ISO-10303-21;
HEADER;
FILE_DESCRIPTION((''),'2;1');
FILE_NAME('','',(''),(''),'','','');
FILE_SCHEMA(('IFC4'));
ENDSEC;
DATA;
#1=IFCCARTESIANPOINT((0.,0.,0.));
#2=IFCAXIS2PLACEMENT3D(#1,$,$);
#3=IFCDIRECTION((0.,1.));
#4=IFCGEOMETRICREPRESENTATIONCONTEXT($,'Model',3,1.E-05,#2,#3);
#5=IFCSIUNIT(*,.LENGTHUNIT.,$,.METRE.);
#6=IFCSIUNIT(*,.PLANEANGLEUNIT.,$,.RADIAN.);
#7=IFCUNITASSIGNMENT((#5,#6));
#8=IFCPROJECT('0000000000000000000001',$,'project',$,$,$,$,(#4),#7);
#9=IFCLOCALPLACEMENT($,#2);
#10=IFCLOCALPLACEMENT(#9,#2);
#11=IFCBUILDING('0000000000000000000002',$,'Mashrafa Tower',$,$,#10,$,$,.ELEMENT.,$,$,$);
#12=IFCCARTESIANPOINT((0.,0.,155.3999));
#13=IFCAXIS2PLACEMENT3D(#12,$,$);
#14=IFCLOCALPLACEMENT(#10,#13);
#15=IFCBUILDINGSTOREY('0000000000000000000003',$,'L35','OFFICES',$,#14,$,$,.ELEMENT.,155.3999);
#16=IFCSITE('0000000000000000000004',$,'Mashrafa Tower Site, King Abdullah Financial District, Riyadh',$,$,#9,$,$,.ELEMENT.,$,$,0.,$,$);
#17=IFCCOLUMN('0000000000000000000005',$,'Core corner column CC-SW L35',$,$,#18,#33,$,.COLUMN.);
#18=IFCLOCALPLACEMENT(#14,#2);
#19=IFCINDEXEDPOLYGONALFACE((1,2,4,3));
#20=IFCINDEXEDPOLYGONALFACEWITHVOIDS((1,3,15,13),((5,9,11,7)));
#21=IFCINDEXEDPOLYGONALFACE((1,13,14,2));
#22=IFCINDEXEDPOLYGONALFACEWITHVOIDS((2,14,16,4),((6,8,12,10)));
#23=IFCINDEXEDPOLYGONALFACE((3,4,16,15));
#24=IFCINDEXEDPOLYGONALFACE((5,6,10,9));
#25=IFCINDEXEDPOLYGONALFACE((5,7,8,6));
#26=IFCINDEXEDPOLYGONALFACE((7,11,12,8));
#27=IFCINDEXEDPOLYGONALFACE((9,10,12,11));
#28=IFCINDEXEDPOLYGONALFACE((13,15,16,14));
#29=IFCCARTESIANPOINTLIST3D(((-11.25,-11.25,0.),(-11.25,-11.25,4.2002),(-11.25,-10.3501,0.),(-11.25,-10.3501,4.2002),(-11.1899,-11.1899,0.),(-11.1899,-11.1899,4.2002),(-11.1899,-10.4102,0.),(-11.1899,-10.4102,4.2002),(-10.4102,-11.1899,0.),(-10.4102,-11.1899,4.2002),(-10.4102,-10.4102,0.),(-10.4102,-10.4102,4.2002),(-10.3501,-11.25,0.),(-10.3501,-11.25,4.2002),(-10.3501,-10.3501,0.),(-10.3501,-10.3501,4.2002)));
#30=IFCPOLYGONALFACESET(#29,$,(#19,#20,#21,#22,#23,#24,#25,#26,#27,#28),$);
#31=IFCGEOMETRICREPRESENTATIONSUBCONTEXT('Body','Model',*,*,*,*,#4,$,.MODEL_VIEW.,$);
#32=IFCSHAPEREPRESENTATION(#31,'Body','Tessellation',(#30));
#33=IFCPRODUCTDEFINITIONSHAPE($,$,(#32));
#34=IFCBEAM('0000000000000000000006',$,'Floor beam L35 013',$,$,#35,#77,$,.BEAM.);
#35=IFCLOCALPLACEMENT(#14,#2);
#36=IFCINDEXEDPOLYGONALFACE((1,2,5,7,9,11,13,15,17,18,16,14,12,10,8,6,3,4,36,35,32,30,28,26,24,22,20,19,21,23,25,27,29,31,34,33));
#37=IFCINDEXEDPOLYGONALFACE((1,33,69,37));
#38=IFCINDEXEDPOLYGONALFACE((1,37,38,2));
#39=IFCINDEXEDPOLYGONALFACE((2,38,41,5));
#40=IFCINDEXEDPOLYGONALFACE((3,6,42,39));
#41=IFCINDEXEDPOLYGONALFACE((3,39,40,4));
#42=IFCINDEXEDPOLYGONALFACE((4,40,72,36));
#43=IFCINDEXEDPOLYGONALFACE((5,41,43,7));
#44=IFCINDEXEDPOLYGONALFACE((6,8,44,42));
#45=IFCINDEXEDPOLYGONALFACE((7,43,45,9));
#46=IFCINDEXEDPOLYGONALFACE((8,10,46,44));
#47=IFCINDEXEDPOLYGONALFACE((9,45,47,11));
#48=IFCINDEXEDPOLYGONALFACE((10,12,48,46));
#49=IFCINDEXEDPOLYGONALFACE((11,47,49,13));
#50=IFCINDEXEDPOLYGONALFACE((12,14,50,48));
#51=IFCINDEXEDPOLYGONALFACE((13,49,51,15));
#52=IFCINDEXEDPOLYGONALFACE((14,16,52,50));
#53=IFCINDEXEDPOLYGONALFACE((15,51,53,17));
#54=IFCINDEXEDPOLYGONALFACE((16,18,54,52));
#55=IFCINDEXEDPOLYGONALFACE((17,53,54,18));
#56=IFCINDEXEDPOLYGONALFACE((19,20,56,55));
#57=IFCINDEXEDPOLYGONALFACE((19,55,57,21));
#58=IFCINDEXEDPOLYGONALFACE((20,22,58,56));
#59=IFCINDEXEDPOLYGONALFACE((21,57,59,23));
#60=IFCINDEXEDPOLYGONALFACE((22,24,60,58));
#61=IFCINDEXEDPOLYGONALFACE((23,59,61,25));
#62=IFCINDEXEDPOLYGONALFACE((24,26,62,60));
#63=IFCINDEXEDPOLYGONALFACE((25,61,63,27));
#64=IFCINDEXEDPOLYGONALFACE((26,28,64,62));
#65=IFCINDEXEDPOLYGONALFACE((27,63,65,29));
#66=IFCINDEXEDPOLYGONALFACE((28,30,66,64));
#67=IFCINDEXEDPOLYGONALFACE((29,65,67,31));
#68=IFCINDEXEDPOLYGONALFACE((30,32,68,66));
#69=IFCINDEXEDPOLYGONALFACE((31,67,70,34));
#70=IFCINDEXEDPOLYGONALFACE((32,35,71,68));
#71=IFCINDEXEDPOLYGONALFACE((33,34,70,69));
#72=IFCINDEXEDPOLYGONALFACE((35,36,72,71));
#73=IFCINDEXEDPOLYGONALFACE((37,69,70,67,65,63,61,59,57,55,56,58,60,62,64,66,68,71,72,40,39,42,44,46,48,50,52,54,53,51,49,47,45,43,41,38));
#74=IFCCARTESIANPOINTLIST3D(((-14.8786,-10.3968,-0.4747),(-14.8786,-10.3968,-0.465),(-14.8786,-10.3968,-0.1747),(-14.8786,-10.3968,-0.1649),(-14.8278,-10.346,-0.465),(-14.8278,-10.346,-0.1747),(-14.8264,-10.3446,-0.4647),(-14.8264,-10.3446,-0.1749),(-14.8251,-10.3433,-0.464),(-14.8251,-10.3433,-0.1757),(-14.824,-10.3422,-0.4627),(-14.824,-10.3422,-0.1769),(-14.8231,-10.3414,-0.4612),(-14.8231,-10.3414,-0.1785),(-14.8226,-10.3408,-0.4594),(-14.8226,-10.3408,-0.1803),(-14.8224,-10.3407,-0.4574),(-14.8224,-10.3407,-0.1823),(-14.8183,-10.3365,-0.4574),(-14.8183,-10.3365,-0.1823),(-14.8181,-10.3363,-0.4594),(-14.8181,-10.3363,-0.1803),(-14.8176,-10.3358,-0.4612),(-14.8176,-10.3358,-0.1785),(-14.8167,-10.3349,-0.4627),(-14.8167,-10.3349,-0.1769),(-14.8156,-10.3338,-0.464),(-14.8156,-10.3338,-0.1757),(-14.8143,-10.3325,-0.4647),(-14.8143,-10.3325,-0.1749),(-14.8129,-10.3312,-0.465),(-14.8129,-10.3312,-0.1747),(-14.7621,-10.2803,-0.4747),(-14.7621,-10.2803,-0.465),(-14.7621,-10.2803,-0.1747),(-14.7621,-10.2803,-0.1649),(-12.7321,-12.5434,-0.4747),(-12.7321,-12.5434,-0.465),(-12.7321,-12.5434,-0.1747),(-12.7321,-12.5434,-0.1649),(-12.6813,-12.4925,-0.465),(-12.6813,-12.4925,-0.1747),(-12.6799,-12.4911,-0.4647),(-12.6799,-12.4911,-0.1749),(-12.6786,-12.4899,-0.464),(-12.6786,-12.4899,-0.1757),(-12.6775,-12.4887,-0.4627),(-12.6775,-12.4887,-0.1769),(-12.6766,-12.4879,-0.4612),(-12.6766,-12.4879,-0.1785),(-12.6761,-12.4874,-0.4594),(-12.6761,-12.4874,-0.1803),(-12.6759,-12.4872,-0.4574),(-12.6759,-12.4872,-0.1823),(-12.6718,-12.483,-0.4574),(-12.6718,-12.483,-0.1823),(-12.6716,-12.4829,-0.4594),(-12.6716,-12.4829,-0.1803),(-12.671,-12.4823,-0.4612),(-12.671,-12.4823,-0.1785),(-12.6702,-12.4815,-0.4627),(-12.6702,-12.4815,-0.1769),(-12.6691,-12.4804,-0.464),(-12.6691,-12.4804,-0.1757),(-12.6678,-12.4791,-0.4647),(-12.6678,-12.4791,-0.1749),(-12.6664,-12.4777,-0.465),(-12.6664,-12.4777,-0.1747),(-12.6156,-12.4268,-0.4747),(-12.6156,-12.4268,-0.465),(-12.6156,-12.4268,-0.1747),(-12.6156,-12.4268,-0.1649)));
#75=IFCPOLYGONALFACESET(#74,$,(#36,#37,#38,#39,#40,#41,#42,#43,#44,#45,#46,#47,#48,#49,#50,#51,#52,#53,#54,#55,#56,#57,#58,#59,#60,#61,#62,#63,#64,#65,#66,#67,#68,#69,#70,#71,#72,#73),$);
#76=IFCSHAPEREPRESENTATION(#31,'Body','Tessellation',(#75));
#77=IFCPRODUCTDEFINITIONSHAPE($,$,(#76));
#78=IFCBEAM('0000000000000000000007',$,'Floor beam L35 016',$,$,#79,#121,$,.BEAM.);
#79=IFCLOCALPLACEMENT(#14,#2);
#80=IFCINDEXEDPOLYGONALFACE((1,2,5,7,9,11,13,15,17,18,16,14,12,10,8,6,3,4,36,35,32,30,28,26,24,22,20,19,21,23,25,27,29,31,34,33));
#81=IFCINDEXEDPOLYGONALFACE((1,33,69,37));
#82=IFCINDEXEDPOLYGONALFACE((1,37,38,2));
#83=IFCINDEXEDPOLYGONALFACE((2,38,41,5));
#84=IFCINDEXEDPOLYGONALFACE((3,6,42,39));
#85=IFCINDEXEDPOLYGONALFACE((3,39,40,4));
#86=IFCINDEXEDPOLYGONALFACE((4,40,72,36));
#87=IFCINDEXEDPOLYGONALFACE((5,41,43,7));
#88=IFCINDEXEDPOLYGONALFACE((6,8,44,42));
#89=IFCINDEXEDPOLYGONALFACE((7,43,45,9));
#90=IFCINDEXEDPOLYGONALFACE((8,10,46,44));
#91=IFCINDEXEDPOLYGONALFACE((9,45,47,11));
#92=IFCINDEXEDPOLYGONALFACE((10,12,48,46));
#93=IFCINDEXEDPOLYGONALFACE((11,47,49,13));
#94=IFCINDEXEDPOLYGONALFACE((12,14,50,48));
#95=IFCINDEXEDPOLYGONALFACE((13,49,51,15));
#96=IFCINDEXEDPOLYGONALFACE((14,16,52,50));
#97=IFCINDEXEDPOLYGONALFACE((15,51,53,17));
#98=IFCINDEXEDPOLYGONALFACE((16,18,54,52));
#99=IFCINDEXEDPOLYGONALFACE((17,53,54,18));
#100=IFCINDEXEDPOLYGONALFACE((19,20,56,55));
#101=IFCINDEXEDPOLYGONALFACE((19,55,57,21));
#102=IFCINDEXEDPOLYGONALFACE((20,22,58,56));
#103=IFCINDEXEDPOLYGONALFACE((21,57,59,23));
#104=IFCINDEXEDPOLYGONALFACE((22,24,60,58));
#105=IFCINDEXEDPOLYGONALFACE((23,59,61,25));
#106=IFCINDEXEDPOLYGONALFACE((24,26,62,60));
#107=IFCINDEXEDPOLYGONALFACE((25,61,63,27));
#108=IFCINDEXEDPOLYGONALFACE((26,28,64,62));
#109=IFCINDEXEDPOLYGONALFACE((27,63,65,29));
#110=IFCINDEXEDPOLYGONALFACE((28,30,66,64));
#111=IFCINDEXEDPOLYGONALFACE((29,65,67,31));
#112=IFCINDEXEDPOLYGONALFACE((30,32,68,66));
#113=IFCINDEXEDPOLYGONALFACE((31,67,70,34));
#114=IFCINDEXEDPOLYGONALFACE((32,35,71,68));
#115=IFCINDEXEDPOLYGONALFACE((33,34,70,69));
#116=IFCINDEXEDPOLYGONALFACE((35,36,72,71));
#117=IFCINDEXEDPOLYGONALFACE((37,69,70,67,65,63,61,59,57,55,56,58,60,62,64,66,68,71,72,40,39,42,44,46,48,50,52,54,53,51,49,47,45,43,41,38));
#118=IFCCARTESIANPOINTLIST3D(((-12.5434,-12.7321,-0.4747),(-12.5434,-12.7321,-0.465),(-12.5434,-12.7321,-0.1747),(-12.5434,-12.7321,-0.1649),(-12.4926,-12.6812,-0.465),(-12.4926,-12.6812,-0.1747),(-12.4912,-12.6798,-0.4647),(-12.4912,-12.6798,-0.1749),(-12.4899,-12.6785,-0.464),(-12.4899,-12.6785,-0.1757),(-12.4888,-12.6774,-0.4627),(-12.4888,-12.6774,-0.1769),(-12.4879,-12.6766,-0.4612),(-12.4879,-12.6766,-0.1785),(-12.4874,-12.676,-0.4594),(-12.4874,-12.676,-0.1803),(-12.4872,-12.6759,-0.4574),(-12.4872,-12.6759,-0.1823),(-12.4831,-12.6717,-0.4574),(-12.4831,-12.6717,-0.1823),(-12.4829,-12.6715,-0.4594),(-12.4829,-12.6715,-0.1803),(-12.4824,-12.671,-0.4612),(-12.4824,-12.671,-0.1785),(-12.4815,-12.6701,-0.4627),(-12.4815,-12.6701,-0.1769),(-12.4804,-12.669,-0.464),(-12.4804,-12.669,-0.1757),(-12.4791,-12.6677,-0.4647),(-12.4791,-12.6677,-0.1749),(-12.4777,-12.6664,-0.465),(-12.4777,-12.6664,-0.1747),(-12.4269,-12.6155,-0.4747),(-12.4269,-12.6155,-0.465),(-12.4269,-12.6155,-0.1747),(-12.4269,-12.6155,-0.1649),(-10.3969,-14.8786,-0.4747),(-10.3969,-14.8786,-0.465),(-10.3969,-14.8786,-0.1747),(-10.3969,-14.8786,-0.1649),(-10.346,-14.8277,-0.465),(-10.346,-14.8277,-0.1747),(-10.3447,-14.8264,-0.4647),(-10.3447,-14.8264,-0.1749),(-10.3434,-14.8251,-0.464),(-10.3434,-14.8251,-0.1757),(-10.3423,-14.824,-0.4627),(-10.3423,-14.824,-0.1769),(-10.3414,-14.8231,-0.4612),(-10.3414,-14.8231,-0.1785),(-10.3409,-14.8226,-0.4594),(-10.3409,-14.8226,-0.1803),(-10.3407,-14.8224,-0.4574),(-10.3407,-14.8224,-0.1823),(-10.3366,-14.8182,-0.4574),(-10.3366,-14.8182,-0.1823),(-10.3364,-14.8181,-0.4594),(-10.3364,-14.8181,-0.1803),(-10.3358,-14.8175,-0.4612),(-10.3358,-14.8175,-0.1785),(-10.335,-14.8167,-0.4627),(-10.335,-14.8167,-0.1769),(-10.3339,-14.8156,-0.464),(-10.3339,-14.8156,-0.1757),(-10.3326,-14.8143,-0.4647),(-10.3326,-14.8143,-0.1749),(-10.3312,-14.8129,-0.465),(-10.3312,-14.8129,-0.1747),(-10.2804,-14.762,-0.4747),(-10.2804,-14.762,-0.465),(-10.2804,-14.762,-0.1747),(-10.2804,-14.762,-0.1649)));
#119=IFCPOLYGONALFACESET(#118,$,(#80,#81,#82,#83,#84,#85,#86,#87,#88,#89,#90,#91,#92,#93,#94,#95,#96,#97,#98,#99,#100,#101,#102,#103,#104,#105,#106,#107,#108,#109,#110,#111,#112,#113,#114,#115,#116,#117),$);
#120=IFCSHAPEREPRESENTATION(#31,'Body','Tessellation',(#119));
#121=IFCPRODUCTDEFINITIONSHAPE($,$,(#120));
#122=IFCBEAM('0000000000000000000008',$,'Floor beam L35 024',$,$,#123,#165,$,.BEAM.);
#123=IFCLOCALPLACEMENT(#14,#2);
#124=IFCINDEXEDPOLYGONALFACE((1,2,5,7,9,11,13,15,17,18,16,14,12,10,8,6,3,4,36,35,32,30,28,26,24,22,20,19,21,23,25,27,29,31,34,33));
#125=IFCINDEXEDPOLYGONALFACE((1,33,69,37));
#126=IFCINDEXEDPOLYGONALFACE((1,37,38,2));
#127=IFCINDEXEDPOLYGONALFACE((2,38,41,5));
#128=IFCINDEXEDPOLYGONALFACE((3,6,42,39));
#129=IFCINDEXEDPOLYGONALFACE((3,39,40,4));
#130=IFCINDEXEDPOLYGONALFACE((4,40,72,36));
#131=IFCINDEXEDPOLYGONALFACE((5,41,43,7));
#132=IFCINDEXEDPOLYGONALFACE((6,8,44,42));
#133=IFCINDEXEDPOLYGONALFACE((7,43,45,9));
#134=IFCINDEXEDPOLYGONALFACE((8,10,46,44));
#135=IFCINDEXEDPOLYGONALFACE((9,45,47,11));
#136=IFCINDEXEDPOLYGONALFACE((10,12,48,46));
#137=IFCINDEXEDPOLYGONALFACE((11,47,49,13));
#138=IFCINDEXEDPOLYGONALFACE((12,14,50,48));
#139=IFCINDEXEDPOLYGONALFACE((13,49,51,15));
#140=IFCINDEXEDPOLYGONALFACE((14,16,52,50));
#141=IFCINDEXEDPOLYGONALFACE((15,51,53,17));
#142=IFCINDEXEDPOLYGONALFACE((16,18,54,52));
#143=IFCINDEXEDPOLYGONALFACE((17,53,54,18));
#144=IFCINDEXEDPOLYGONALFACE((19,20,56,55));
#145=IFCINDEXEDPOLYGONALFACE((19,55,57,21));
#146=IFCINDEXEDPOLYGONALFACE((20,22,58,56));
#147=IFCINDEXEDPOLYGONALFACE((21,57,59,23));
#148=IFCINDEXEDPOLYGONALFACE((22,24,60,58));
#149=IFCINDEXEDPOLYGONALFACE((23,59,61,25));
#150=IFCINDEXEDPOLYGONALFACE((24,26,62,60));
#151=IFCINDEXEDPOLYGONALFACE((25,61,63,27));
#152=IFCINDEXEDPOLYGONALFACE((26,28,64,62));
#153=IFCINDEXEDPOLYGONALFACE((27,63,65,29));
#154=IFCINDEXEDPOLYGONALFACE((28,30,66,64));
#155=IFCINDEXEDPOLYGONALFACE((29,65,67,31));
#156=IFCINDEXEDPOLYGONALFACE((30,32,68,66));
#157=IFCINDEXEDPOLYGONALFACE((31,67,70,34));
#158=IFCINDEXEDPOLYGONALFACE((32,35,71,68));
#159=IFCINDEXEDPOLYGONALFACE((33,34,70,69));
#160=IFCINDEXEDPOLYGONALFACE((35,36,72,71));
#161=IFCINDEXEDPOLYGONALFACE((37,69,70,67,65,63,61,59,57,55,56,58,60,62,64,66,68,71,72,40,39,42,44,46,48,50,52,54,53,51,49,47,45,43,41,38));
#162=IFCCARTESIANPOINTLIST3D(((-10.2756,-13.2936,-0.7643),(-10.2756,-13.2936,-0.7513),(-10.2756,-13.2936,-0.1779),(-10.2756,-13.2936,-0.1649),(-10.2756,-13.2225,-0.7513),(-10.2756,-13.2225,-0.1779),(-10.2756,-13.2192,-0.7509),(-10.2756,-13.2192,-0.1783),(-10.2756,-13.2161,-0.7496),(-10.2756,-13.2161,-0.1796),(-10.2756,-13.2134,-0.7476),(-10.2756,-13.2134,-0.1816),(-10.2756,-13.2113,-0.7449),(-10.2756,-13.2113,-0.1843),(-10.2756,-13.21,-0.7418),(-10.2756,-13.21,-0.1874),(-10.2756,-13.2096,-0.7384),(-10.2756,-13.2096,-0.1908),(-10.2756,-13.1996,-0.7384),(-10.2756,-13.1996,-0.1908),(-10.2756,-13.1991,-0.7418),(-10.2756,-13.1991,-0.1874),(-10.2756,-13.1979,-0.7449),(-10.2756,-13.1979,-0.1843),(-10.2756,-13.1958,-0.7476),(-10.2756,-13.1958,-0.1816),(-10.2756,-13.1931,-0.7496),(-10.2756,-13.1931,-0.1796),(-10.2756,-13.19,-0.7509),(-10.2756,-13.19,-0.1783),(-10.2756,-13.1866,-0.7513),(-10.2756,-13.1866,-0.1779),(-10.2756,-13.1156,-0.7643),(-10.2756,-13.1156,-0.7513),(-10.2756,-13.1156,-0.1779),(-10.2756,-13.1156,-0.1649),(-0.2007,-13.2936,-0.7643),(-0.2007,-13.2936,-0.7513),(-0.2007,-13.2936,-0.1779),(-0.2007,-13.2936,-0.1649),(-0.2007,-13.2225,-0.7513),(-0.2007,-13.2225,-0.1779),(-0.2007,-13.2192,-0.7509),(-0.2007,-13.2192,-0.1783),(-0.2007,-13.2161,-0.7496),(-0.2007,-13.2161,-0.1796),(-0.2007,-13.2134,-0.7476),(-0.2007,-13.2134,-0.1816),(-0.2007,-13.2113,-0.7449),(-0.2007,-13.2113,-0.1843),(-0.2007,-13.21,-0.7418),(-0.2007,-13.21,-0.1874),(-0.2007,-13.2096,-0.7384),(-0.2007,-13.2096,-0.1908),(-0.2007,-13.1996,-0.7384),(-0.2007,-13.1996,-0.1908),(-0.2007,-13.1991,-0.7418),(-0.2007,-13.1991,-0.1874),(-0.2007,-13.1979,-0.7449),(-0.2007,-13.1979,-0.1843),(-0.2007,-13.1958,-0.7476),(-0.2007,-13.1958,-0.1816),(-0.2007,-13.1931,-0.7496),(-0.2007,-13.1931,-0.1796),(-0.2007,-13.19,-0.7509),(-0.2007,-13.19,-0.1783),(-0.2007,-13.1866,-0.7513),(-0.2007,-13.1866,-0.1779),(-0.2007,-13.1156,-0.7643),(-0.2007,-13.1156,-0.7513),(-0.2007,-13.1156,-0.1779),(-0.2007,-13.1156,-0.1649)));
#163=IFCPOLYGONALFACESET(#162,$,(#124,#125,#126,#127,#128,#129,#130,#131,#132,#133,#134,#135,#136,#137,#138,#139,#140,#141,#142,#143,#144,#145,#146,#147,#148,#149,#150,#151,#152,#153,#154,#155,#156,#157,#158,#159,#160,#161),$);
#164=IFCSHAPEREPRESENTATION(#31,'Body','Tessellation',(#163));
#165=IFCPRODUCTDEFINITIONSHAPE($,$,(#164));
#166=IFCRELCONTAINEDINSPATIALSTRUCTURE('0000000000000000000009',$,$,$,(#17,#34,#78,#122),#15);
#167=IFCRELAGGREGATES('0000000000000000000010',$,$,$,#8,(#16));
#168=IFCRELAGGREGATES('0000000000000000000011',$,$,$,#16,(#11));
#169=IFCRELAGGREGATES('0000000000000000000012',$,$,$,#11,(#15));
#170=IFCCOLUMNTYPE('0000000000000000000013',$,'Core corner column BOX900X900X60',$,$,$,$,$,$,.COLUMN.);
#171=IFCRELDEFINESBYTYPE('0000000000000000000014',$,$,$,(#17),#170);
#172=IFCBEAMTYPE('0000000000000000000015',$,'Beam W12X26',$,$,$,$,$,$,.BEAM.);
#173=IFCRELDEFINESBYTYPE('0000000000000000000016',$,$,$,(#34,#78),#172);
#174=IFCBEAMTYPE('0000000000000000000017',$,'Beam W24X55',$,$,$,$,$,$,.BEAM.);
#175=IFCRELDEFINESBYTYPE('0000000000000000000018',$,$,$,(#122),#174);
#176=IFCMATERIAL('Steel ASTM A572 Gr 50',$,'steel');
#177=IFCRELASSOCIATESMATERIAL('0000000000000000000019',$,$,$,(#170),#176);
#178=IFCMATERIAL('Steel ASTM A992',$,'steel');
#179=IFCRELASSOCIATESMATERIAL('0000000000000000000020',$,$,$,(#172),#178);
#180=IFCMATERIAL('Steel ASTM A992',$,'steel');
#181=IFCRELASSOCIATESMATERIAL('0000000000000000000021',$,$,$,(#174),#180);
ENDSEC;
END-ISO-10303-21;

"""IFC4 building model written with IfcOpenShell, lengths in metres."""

from ifc_helpers import new_model, si_unit, direction, frame, origin, origin_2d, place, context, subcontext, project, spatial, hollow_rectangle, i_section, extrude, material, material_profile, profile_set, type_object, element, save


model = new_model("IFC4")

# Units and contexts
model_context = context("Model", 3, precision=1e-05, world=origin(), true_north=direction((0.0, 1.0)))
body_context = subcontext(model_context, "Body", "Model", "MODEL_VIEW")
ifc_project = project(units=[si_unit("LENGTHUNIT", "METRE"), si_unit("PLANEANGLEUNIT", "RADIAN")], contexts=[model_context])

# Site, building, storey
site_placement = place(None, origin())
site = spatial("IfcSite", under=ifc_project, at=site_placement, Name="Mashrafa Tower Site, King Abdullah Financial District, Riyadh", CompositionType="ELEMENT", RefElevation=0.0)
building_placement = place(site_placement, origin())
building = spatial("IfcBuilding", under=site, at=building_placement, Name="Mashrafa Tower", CompositionType="ELEMENT")
storey_placement = place(building_placement, frame((0.0, 0.0, 155.3999)))
storey = spatial("IfcBuildingStorey", under=building, at=storey_placement, Name="L35", Description="OFFICES", CompositionType="ELEMENT", Elevation=155.3999)

# Column
ifc_material_1 = material(Name="Steel ASTM A572 Gr 50", Category="steel")
ifc_material_profile_1 = material_profile(ifc_material_1, hollow_rectangle(XDim=0.8999, YDim=0.8999, WallThickness=0.0601, at=origin_2d()), Name="BOX900X900X60")
ifc_profile_set_1 = profile_set([ifc_material_profile_1], Name="Steel ASTM A572 Gr 50")
column_type = type_object("IfcColumnType", Name="Core corner column BOX900X900X60", PredefinedType="COLUMN", material=ifc_profile_set_1)
column_placement = place(storey_placement, frame((-10.8, -10.8, 0.0), z_axis=(0.0, 0.0, 1.0), x_axis=(1.0, 0.0, 0.0)))
element("IfcColumn", 1, at=column_placement, inside=storey, type_object=column_type, Name="Core corner column CC-SW L35", PredefinedType="COLUMN", context=body_context, shape_type="SweptSolid", body=[
    extrude(hollow_rectangle(XDim=0.8999, YDim=0.8999, WallThickness=0.0601, at=origin_2d()), origin(), (0.0, 0.0, 1.0), 4.2002),
])

# Beams
ifc_material_2 = material(Name="Steel ASTM A992", Category="steel")
ifc_material_profile_2 = material_profile(ifc_material_2, i_section(OverallWidth=0.1648, OverallDepth=0.3098, WebThickness=0.0059, FlangeThickness=0.0098, FilletRadius=0.0076, at=origin_2d()), Name="W12X26")
ifc_profile_set_2 = profile_set([ifc_material_profile_2], Name="Steel ASTM A992")
beam_type_1 = type_object("IfcBeamType", Name="Beam W12X26", PredefinedType="BEAM", material=ifc_profile_set_2)
for number, where, z_axis, x_axis, name in (
    (2, (-12.6738, -12.4851, -0.3198), (-0.707107, 0.707107, 0.0), (-0.707107, -0.707107, 0.0), "Floor beam L35 013"),
    (3, (-10.3386, -14.8203, -0.3198), (-0.707107, 0.707107, 0.0), (-0.707107, -0.707107, 0.0), "Floor beam L35 016"),
):
    element("IfcBeam", number, at=place(storey_placement, frame(where, z_axis=z_axis, x_axis=x_axis)), inside=storey, type_object=beam_type_1, Name=name, PredefinedType="BEAM", context=body_context, shape_type="SweptSolid", body=[
        extrude(i_section(OverallWidth=0.1648, OverallDepth=0.3098, WebThickness=0.0059, FlangeThickness=0.0098, FilletRadius=0.0076, at=origin_2d()), origin(), (0.0, 0.0, 1.0), 3.0356),
    ])
ifc_material_3 = material(Name="Steel ASTM A992", Category="steel")
ifc_material_profile_3 = material_profile(ifc_material_3, i_section(OverallWidth=0.178, OverallDepth=0.5994, WebThickness=0.01, FlangeThickness=0.0129, FilletRadius=0.0129, at=origin_2d()), Name="W24X55")
ifc_profile_set_3 = profile_set([ifc_material_profile_3], Name="Steel ASTM A992")
beam_type_2 = type_object("IfcBeamType", Name="Beam W24X55", PredefinedType="BEAM", material=ifc_profile_set_3)
beam_1_placement = place(storey_placement, frame((-0.2007, -13.2046, -0.4646), z_axis=(-1.0, 0.0, 0.0), x_axis=(0.0, -1.0, 0.0)))
element("IfcBeam", 4, at=beam_1_placement, inside=storey, type_object=beam_type_2, Name="Floor beam L35 024", PredefinedType="BEAM", context=body_context, shape_type="SweptSolid", body=[
    extrude(i_section(OverallWidth=0.178, OverallDepth=0.5994, WebThickness=0.01, FlangeThickness=0.0129, FilletRadius=0.0129, at=origin_2d()), origin(), (0.0, 0.0, 1.0), 10.075),
])

save(model, "model.ifc")
